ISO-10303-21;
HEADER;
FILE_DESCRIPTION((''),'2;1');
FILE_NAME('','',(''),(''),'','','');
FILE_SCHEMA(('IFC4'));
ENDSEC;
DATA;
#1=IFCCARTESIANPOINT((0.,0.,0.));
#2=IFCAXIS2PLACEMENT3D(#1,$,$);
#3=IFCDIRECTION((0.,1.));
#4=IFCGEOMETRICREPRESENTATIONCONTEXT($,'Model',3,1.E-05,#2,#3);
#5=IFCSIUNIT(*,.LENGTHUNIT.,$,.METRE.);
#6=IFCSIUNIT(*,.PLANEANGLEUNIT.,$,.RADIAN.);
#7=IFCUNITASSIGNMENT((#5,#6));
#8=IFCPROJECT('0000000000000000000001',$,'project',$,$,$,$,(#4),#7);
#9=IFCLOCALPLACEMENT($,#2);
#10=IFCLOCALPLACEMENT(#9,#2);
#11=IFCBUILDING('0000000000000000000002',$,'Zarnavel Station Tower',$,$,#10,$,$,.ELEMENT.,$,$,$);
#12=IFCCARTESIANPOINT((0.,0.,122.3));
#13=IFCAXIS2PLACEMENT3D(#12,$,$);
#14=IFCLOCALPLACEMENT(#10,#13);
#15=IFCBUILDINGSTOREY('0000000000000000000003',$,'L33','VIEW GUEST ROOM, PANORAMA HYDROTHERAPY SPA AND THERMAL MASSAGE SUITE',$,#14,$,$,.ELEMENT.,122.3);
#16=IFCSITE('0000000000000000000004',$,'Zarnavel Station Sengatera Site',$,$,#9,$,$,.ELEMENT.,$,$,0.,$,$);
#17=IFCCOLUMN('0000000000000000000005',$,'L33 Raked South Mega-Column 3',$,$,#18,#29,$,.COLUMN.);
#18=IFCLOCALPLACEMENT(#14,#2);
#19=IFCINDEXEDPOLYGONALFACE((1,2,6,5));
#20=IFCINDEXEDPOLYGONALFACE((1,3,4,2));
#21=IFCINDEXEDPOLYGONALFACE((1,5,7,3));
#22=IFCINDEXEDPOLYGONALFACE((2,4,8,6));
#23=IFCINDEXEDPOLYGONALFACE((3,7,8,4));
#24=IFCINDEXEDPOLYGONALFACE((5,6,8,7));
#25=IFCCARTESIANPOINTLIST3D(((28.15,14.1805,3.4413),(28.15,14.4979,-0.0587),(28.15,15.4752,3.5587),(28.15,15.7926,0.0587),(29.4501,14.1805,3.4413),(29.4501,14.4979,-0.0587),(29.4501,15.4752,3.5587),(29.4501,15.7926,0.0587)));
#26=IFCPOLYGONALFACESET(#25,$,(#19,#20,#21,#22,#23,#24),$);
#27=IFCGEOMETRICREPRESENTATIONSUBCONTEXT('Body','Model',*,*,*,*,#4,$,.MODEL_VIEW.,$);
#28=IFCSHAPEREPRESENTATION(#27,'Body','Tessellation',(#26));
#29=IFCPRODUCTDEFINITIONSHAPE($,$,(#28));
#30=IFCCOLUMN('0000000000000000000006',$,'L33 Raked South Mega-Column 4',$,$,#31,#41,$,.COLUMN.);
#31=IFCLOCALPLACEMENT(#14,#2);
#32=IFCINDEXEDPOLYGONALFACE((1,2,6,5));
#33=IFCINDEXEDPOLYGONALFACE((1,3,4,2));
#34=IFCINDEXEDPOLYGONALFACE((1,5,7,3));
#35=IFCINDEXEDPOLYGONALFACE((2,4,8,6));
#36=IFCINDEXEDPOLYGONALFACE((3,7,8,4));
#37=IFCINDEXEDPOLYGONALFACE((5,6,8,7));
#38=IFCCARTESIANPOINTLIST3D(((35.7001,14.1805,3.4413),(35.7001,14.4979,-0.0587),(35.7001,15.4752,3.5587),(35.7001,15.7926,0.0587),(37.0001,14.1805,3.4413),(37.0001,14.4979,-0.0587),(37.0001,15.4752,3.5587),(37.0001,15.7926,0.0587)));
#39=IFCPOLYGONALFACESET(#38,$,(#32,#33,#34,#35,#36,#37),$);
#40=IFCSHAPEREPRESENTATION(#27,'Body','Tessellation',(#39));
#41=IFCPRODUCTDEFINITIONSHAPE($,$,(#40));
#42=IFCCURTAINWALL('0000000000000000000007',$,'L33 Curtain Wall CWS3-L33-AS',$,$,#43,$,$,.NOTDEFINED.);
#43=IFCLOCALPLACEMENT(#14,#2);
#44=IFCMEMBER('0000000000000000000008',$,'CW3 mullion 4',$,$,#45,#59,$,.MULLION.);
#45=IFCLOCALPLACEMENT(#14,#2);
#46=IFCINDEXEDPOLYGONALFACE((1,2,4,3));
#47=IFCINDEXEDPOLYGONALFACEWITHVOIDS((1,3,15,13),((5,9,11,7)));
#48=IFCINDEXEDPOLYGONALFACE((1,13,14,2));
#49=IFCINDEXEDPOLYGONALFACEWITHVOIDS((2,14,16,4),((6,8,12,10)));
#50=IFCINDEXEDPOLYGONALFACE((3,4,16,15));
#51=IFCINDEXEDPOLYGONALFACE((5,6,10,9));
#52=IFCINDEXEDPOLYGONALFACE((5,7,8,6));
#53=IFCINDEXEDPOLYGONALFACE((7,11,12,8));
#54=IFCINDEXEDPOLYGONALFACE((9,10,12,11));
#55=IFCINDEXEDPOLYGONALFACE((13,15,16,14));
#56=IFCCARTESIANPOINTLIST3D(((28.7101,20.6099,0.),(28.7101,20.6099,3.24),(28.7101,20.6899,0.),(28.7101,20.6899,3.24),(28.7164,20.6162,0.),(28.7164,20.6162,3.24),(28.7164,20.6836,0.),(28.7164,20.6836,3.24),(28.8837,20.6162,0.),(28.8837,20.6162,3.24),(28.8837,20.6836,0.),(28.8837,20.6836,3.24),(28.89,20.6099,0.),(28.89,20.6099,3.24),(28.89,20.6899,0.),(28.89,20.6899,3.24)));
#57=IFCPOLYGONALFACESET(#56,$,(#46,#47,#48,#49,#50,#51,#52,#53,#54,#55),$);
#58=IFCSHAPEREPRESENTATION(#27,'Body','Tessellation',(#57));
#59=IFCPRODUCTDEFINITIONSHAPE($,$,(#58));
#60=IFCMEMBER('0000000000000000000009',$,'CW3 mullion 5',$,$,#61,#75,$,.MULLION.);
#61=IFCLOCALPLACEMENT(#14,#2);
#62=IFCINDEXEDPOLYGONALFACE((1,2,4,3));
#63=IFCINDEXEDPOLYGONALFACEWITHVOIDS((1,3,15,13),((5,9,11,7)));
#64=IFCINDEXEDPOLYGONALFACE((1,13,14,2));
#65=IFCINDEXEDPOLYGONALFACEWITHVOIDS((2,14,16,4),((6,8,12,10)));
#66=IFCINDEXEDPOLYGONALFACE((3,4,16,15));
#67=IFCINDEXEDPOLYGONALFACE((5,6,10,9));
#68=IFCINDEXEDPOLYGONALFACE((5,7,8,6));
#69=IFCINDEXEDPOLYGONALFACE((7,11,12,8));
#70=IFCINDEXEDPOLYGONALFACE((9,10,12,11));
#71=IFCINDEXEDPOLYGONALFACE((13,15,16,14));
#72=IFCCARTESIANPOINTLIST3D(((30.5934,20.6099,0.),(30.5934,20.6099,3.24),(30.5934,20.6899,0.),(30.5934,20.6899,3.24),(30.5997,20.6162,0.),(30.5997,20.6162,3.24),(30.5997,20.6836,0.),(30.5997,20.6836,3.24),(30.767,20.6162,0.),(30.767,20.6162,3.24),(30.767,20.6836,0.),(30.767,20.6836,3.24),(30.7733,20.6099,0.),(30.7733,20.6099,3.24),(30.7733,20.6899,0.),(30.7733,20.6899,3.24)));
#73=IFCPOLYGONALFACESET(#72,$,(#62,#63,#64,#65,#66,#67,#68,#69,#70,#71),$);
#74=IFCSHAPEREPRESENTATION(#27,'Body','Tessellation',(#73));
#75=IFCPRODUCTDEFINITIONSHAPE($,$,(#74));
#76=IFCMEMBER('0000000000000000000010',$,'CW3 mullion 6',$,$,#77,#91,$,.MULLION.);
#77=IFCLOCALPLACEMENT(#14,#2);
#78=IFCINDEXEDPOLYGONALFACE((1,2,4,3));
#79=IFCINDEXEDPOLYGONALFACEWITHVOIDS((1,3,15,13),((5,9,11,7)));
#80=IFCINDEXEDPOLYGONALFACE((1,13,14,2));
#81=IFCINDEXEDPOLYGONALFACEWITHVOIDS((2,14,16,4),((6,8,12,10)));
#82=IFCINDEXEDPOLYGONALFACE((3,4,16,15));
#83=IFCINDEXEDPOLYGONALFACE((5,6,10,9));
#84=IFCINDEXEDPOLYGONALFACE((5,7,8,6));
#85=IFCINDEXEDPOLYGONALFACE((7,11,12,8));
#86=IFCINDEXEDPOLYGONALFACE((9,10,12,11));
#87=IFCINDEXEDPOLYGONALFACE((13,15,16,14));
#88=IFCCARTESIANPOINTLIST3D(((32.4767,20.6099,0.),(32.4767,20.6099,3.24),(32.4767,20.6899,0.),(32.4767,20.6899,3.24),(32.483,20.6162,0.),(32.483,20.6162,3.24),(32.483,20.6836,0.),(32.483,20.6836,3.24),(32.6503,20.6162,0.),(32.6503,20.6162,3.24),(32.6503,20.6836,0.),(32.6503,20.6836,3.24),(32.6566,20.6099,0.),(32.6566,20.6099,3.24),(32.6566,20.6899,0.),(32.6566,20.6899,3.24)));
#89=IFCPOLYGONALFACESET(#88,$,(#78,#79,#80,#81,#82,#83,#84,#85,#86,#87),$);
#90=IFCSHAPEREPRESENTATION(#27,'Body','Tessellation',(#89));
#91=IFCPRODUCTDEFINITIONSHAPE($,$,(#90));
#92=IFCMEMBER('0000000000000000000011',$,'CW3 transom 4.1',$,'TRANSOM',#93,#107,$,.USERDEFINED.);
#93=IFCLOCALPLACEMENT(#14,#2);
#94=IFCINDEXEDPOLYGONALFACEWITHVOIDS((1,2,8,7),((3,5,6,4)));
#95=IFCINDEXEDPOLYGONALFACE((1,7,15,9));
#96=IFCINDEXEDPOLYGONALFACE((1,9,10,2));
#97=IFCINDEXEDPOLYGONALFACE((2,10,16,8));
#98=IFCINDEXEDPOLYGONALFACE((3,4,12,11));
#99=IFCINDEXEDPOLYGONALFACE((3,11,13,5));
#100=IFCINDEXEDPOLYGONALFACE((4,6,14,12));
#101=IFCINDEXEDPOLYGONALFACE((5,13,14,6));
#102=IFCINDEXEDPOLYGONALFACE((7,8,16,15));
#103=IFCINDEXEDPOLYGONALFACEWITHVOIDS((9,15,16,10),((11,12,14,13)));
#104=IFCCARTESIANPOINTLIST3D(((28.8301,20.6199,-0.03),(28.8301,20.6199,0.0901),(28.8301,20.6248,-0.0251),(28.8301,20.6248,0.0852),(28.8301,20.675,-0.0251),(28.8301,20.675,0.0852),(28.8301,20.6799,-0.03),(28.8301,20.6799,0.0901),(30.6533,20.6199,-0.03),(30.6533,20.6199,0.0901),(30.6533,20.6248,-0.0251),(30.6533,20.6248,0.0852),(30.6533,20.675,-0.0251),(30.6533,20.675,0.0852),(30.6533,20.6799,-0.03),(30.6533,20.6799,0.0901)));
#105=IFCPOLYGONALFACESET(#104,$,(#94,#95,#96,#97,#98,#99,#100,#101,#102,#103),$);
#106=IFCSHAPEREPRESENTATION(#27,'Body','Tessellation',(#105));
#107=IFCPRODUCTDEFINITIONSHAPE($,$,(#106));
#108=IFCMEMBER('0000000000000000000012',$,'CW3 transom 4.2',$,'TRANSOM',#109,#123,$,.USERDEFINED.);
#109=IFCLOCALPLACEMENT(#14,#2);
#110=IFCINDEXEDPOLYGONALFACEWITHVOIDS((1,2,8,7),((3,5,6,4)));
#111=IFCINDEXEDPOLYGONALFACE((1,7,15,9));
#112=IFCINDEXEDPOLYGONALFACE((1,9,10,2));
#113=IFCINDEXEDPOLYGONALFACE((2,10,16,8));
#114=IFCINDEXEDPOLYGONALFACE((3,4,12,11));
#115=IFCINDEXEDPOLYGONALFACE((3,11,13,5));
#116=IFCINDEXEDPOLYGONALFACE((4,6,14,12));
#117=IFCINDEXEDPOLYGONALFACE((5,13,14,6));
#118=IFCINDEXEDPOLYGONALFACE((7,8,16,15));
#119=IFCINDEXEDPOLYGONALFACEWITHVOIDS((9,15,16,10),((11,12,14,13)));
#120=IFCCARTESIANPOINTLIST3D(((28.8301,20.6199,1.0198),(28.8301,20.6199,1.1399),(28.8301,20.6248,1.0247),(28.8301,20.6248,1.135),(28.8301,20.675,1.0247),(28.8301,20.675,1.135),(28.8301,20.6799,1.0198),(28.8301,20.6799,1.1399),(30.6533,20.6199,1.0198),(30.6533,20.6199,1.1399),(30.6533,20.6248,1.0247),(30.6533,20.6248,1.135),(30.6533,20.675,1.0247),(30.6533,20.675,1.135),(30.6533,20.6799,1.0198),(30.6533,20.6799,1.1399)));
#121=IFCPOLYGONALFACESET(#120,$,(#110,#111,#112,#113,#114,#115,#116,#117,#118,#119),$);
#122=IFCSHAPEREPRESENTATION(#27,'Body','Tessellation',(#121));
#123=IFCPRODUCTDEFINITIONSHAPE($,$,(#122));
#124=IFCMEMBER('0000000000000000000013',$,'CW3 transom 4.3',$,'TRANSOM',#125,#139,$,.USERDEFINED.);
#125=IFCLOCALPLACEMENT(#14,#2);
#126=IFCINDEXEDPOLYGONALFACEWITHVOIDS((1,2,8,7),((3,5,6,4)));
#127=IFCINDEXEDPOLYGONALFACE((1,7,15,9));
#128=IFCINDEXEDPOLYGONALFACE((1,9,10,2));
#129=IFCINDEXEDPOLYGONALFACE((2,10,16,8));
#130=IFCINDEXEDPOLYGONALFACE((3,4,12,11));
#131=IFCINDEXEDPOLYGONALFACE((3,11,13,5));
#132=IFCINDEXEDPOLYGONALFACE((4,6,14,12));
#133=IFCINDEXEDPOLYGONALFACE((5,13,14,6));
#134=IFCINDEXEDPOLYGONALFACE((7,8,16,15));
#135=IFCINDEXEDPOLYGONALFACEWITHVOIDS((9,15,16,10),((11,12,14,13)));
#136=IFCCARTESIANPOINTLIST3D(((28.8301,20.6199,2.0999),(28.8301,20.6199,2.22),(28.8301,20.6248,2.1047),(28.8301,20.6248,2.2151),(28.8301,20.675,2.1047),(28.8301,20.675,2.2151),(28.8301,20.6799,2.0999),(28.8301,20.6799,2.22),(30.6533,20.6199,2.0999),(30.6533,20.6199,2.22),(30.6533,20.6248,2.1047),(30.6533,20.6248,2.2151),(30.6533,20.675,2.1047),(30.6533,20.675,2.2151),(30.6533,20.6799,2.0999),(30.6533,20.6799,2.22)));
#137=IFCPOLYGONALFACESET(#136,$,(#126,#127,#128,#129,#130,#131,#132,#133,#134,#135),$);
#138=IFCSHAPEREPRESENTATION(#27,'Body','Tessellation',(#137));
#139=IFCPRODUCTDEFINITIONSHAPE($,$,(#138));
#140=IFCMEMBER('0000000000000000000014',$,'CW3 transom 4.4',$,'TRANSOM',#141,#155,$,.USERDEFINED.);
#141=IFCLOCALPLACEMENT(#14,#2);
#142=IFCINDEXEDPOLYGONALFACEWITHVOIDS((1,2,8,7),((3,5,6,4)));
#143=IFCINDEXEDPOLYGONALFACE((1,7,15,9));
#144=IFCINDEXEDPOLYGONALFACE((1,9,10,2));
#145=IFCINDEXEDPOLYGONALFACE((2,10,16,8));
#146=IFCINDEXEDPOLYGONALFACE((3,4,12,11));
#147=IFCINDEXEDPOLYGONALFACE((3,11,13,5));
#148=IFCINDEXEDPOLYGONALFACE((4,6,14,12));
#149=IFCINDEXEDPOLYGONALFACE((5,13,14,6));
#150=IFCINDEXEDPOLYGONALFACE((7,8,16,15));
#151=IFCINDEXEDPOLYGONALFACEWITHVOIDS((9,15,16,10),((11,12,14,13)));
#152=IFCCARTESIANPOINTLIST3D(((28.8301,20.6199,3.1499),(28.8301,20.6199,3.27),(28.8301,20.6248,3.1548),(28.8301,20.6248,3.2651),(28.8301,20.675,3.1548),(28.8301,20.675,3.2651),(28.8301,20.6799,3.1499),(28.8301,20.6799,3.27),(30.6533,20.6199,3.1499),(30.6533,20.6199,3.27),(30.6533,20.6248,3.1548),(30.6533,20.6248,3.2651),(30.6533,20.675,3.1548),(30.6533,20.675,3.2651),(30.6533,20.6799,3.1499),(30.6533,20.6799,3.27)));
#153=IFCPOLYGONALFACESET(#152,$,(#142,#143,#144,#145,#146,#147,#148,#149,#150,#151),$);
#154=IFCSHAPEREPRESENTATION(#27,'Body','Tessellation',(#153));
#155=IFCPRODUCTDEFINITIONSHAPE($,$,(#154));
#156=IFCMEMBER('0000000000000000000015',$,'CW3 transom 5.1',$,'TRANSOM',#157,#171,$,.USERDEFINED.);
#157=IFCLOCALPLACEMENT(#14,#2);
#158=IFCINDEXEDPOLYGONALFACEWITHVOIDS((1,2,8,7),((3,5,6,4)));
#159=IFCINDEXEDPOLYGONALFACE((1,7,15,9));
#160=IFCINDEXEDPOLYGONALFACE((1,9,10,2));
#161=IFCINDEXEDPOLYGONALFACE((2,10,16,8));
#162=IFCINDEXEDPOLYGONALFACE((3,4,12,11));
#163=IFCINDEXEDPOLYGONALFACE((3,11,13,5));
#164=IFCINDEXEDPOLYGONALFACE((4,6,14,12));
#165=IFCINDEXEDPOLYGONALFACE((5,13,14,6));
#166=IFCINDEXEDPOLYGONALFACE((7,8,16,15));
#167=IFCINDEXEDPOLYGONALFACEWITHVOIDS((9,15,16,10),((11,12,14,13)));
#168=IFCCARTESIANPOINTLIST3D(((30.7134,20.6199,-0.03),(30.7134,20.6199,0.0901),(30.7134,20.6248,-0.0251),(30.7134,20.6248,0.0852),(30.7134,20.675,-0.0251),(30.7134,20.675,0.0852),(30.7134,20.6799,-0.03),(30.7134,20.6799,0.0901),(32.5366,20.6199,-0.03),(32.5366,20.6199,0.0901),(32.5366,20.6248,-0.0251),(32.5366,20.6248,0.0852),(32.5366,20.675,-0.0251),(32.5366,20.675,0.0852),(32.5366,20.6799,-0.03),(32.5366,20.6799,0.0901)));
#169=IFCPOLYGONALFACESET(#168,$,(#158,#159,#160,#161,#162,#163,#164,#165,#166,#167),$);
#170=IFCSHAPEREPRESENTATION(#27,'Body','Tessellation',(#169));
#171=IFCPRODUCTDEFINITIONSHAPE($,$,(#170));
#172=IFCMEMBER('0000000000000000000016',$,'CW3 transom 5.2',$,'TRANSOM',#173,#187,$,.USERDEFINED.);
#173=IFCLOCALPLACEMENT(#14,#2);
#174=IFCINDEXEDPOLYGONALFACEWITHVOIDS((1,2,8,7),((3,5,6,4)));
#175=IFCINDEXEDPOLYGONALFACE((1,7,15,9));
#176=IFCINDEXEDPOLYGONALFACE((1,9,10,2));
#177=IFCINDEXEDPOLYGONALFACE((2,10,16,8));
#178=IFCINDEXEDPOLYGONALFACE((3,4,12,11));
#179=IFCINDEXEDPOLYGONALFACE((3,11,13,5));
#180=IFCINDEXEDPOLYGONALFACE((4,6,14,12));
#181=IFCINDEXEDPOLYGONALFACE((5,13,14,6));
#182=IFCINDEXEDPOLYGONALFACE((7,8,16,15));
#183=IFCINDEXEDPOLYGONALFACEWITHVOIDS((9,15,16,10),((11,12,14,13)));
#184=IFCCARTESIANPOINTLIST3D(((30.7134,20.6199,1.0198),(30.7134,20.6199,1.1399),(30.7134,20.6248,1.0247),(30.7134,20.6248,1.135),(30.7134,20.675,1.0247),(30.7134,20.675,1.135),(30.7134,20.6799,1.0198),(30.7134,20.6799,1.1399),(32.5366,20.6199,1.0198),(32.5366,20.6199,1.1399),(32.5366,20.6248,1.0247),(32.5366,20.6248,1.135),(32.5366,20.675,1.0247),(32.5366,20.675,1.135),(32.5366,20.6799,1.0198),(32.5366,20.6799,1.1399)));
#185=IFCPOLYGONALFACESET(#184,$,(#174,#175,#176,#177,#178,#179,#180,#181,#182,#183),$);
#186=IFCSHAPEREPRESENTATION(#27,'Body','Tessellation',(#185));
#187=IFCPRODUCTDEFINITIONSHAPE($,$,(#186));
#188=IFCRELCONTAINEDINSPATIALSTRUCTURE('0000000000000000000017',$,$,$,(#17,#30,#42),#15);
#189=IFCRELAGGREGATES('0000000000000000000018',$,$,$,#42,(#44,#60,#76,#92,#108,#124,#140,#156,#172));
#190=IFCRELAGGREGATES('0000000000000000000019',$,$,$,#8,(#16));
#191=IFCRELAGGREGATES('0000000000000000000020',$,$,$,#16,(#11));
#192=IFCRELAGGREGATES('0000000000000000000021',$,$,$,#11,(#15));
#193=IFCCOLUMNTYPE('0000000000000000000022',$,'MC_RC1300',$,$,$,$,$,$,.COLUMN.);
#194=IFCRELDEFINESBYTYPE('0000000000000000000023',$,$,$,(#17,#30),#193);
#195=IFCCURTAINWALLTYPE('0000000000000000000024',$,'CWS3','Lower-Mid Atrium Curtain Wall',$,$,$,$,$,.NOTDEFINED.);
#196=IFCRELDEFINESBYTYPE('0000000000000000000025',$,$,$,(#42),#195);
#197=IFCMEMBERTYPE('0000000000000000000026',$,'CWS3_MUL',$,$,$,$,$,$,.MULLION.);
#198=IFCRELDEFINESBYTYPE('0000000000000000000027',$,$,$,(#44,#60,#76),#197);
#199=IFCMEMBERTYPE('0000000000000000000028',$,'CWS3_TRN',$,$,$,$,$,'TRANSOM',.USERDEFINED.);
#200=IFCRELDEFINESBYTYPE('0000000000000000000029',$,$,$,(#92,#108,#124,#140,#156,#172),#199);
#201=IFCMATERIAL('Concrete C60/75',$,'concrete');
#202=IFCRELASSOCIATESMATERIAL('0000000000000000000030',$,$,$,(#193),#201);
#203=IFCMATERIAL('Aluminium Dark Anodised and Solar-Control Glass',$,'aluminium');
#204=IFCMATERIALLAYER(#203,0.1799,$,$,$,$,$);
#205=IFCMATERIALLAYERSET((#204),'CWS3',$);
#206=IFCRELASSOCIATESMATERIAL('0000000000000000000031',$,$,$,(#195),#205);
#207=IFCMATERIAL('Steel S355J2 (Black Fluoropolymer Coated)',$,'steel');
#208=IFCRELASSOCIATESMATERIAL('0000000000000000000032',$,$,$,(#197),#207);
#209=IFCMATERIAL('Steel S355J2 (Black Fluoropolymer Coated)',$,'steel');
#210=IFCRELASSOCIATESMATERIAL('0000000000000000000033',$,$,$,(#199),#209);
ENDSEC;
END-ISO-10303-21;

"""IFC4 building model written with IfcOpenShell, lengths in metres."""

from ifc_helpers import new_model, si_unit, direction, frame, origin, origin_2d, place, context, subcontext, project, spatial, rectangle, hollow_rectangle, extrude, material, layer, layer_set, material_profile, profile_set, type_object, element, aggregate, save


model = new_model("IFC4")

# Units and contexts
model_context = context("Model", 3, precision=1e-05, world=origin(), true_north=direction((0.0, 1.0)))
body_context = subcontext(model_context, "Body", "Model", "MODEL_VIEW")
ifc_project = project(units=[si_unit("LENGTHUNIT", "METRE"), si_unit("PLANEANGLEUNIT", "RADIAN")], contexts=[model_context])

# Site, building, storey
site_placement = place(None, origin())
site = spatial("IfcSite", under=ifc_project, at=site_placement, Name="Zarnavel Station Sengatera Site", CompositionType="ELEMENT", RefElevation=0.0)
building_placement = place(site_placement, origin())
building = spatial("IfcBuilding", under=site, at=building_placement, Name="Zarnavel Station Tower", CompositionType="ELEMENT")
storey_placement = place(building_placement, frame((0.0, 0.0, 122.3)))
storey = spatial("IfcBuildingStorey", under=building, at=storey_placement, Name="L33", Description="VIEW GUEST ROOM, PANORAMA HYDROTHERAPY SPA AND THERMAL MASSAGE SUITE", CompositionType="ELEMENT", Elevation=122.3)

# Columns
ifc_material_1 = material(Name="Concrete C60/75", Category="concrete")
ifc_material_profile_1 = material_profile(ifc_material_1, rectangle(XDim=1.3, YDim=1.3, at=origin_2d()), Name="RC1300x1300")
ifc_profile_set_1 = profile_set([ifc_material_profile_1], Name="Concrete C60/75")
column_type = type_object("IfcColumnType", Name="MC_RC1300", PredefinedType="COLUMN", material=ifc_profile_set_1)
for number, where, z_axis, x_axis, name in (
    (1, (28.8, 15.1453, 0.0), (0.0, -0.09031, 0.995914), (1.0, 0.0, 0.0), "L33 Raked South Mega-Column 3"),
    (2, (36.3501, 15.1453, 0.0), (0.0, -0.09031, 0.995914), (1.0, 0.0, 0.0), "L33 Raked South Mega-Column 4"),
):
    element("IfcColumn", number, at=place(storey_placement, frame(where, z_axis=z_axis, x_axis=x_axis)), inside=storey, type_object=column_type, Name=name, PredefinedType="COLUMN", context=body_context, shape_type="SweptSolid", body=[
        extrude(rectangle(XDim=1.3, YDim=1.3, at=origin_2d()), origin(), (0.0, 0.0, 1.0), 3.5144),
    ])

# Curtain wall, members
ifc_material_2 = material(Name="Aluminium Dark Anodised and Solar-Control Glass", Category="aluminium")
ifc_layer_1 = layer(ifc_material_2, 0.1799)
ifc_layer_set_1 = layer_set([ifc_layer_1], Name="CWS3")
curtain_wall_type = type_object("IfcCurtainWallType", Name="CWS3", Description="Lower-Mid Atrium Curtain Wall", PredefinedType="NOTDEFINED", material=ifc_layer_set_1)
curtain_wall_placement = place(storey_placement, origin())
curtain_wall = element("IfcCurtainWall", 3, at=curtain_wall_placement, inside=storey, type_object=curtain_wall_type, Name="L33 Curtain Wall CWS3-L33-AS", PredefinedType="NOTDEFINED")
ifc_material_3 = material(Name="Steel S355J2 (Black Fluoropolymer Coated)", Category="steel")
ifc_material_profile_2 = material_profile(ifc_material_3, hollow_rectangle(XDim=0.0801, YDim=0.1799, WallThickness=0.0063, at=origin_2d()), Name="RHS180x80x6.3")
ifc_profile_set_2 = profile_set([ifc_material_profile_2], Name="Steel S355J2 (Black Fluoropolymer Coated)")
member_type_1 = type_object("IfcMemberType", Name="CWS3_MUL", PredefinedType="MULLION", material=ifc_profile_set_2)
member_1_placement = place(storey_placement, frame((28.8, 20.6499, 0.0), z_axis=(0.0, 0.0, 1.0), x_axis=(0.0, 1.0, 0.0)))
member_1 = element("IfcMember", 4, at=member_1_placement, type_object=member_type_1, Name="CW3 mullion 4", PredefinedType="MULLION", context=body_context, shape_type="SweptSolid", body=[
    extrude(hollow_rectangle(XDim=0.0801, YDim=0.1799, WallThickness=0.0063, at=origin_2d()), origin(), (0.0, 0.0, 1.0), 3.24),
])
member_2_placement = place(storey_placement, frame((30.6833, 20.6499, 0.0), z_axis=(0.0, 0.0, 1.0), x_axis=(0.0, 1.0, 0.0)))
member_2 = element("IfcMember", 5, at=member_2_placement, type_object=member_type_1, Name="CW3 mullion 5", PredefinedType="MULLION", context=body_context, shape_type="SweptSolid", body=[
    extrude(hollow_rectangle(XDim=0.0801, YDim=0.1799, WallThickness=0.0063, at=origin_2d()), origin(), (0.0, 0.0, 1.0), 3.24),
])
member_3_placement = place(storey_placement, frame((32.5667, 20.6499, 0.0), z_axis=(0.0, 0.0, 1.0), x_axis=(0.0, 1.0, 0.0)))
member_3 = element("IfcMember", 6, at=member_3_placement, type_object=member_type_1, Name="CW3 mullion 6", PredefinedType="MULLION", context=body_context, shape_type="SweptSolid", body=[
    extrude(hollow_rectangle(XDim=0.0801, YDim=0.1799, WallThickness=0.0063, at=origin_2d()), origin(), (0.0, 0.0, 1.0), 3.24),
])
ifc_material_4 = material(Name="Steel S355J2 (Black Fluoropolymer Coated)", Category="steel")
ifc_material_profile_3 = material_profile(ifc_material_4, hollow_rectangle(XDim=0.0601, YDim=0.1201, WallThickness=0.0049, at=origin_2d()), Name="RHS120x60x5")
ifc_profile_set_3 = profile_set([ifc_material_profile_3], Name="Steel S355J2 (Black Fluoropolymer Coated)")
member_type_2 = type_object("IfcMemberType", Name="CWS3_TRN", ElementType="TRANSOM", PredefinedType="USERDEFINED", material=ifc_profile_set_3)
member_4_placement = place(storey_placement, frame((28.8301, 20.6499, 0.03), z_axis=(1.0, 0.0, 0.0), x_axis=(0.0, 1.0, 0.0)))
member_4 = element("IfcMember", 7, at=member_4_placement, type_object=member_type_2, Name="CW3 transom 4.1", ObjectType="TRANSOM", PredefinedType="USERDEFINED", context=body_context, shape_type="SweptSolid", body=[
    extrude(hollow_rectangle(XDim=0.0601, YDim=0.1201, WallThickness=0.0049, at=origin_2d()), origin(), (0.0, 0.0, 1.0), 1.8232),
])
member_5_placement = place(storey_placement, frame((28.8301, 20.6499, 1.0798), z_axis=(1.0, 0.0, 0.0), x_axis=(0.0, 1.0, 0.0)))
member_5 = element("IfcMember", 8, at=member_5_placement, type_object=member_type_2, Name="CW3 transom 4.2", ObjectType="TRANSOM", PredefinedType="USERDEFINED", context=body_context, shape_type="SweptSolid", body=[
    extrude(hollow_rectangle(XDim=0.0601, YDim=0.1201, WallThickness=0.0049, at=origin_2d()), origin(), (0.0, 0.0, 1.0), 1.8232),
])
member_6_placement = place(storey_placement, frame((28.8301, 20.6499, 2.1599), z_axis=(1.0, 0.0, 0.0), x_axis=(0.0, 1.0, 0.0)))
member_6 = element("IfcMember", 9, at=member_6_placement, type_object=member_type_2, Name="CW3 transom 4.3", ObjectType="TRANSOM", PredefinedType="USERDEFINED", context=body_context, shape_type="SweptSolid", body=[
    extrude(hollow_rectangle(XDim=0.0601, YDim=0.1201, WallThickness=0.0049, at=origin_2d()), origin(), (0.0, 0.0, 1.0), 1.8232),
])
member_7_placement = place(storey_placement, frame((28.8301, 20.6499, 3.21), z_axis=(1.0, 0.0, 0.0), x_axis=(0.0, 1.0, 0.0)))
member_7 = element("IfcMember", 10, at=member_7_placement, type_object=member_type_2, Name="CW3 transom 4.4", ObjectType="TRANSOM", PredefinedType="USERDEFINED", context=body_context, shape_type="SweptSolid", body=[
    extrude(hollow_rectangle(XDim=0.0601, YDim=0.1201, WallThickness=0.0049, at=origin_2d()), origin(), (0.0, 0.0, 1.0), 1.8232),
])
member_8_placement = place(storey_placement, frame((30.7134, 20.6499, 0.03), z_axis=(1.0, 0.0, 0.0), x_axis=(0.0, 1.0, 0.0)))
member_8 = element("IfcMember", 11, at=member_8_placement, type_object=member_type_2, Name="CW3 transom 5.1", ObjectType="TRANSOM", PredefinedType="USERDEFINED", context=body_context, shape_type="SweptSolid", body=[
    extrude(hollow_rectangle(XDim=0.0601, YDim=0.1201, WallThickness=0.0049, at=origin_2d()), origin(), (0.0, 0.0, 1.0), 1.8232),
])
member_9_placement = place(storey_placement, frame((30.7134, 20.6499, 1.0798), z_axis=(1.0, 0.0, 0.0), x_axis=(0.0, 1.0, 0.0)))
member_9 = element("IfcMember", 12, at=member_9_placement, type_object=member_type_2, Name="CW3 transom 5.2", ObjectType="TRANSOM", PredefinedType="USERDEFINED", context=body_context, shape_type="SweptSolid", body=[
    extrude(hollow_rectangle(XDim=0.0601, YDim=0.1201, WallThickness=0.0049, at=origin_2d()), origin(), (0.0, 0.0, 1.0), 1.8232),
])

aggregate(curtain_wall, [member_1, member_2, member_3, member_4, member_5, member_6, member_7, member_8, member_9])

save(model, "model.ifc")
